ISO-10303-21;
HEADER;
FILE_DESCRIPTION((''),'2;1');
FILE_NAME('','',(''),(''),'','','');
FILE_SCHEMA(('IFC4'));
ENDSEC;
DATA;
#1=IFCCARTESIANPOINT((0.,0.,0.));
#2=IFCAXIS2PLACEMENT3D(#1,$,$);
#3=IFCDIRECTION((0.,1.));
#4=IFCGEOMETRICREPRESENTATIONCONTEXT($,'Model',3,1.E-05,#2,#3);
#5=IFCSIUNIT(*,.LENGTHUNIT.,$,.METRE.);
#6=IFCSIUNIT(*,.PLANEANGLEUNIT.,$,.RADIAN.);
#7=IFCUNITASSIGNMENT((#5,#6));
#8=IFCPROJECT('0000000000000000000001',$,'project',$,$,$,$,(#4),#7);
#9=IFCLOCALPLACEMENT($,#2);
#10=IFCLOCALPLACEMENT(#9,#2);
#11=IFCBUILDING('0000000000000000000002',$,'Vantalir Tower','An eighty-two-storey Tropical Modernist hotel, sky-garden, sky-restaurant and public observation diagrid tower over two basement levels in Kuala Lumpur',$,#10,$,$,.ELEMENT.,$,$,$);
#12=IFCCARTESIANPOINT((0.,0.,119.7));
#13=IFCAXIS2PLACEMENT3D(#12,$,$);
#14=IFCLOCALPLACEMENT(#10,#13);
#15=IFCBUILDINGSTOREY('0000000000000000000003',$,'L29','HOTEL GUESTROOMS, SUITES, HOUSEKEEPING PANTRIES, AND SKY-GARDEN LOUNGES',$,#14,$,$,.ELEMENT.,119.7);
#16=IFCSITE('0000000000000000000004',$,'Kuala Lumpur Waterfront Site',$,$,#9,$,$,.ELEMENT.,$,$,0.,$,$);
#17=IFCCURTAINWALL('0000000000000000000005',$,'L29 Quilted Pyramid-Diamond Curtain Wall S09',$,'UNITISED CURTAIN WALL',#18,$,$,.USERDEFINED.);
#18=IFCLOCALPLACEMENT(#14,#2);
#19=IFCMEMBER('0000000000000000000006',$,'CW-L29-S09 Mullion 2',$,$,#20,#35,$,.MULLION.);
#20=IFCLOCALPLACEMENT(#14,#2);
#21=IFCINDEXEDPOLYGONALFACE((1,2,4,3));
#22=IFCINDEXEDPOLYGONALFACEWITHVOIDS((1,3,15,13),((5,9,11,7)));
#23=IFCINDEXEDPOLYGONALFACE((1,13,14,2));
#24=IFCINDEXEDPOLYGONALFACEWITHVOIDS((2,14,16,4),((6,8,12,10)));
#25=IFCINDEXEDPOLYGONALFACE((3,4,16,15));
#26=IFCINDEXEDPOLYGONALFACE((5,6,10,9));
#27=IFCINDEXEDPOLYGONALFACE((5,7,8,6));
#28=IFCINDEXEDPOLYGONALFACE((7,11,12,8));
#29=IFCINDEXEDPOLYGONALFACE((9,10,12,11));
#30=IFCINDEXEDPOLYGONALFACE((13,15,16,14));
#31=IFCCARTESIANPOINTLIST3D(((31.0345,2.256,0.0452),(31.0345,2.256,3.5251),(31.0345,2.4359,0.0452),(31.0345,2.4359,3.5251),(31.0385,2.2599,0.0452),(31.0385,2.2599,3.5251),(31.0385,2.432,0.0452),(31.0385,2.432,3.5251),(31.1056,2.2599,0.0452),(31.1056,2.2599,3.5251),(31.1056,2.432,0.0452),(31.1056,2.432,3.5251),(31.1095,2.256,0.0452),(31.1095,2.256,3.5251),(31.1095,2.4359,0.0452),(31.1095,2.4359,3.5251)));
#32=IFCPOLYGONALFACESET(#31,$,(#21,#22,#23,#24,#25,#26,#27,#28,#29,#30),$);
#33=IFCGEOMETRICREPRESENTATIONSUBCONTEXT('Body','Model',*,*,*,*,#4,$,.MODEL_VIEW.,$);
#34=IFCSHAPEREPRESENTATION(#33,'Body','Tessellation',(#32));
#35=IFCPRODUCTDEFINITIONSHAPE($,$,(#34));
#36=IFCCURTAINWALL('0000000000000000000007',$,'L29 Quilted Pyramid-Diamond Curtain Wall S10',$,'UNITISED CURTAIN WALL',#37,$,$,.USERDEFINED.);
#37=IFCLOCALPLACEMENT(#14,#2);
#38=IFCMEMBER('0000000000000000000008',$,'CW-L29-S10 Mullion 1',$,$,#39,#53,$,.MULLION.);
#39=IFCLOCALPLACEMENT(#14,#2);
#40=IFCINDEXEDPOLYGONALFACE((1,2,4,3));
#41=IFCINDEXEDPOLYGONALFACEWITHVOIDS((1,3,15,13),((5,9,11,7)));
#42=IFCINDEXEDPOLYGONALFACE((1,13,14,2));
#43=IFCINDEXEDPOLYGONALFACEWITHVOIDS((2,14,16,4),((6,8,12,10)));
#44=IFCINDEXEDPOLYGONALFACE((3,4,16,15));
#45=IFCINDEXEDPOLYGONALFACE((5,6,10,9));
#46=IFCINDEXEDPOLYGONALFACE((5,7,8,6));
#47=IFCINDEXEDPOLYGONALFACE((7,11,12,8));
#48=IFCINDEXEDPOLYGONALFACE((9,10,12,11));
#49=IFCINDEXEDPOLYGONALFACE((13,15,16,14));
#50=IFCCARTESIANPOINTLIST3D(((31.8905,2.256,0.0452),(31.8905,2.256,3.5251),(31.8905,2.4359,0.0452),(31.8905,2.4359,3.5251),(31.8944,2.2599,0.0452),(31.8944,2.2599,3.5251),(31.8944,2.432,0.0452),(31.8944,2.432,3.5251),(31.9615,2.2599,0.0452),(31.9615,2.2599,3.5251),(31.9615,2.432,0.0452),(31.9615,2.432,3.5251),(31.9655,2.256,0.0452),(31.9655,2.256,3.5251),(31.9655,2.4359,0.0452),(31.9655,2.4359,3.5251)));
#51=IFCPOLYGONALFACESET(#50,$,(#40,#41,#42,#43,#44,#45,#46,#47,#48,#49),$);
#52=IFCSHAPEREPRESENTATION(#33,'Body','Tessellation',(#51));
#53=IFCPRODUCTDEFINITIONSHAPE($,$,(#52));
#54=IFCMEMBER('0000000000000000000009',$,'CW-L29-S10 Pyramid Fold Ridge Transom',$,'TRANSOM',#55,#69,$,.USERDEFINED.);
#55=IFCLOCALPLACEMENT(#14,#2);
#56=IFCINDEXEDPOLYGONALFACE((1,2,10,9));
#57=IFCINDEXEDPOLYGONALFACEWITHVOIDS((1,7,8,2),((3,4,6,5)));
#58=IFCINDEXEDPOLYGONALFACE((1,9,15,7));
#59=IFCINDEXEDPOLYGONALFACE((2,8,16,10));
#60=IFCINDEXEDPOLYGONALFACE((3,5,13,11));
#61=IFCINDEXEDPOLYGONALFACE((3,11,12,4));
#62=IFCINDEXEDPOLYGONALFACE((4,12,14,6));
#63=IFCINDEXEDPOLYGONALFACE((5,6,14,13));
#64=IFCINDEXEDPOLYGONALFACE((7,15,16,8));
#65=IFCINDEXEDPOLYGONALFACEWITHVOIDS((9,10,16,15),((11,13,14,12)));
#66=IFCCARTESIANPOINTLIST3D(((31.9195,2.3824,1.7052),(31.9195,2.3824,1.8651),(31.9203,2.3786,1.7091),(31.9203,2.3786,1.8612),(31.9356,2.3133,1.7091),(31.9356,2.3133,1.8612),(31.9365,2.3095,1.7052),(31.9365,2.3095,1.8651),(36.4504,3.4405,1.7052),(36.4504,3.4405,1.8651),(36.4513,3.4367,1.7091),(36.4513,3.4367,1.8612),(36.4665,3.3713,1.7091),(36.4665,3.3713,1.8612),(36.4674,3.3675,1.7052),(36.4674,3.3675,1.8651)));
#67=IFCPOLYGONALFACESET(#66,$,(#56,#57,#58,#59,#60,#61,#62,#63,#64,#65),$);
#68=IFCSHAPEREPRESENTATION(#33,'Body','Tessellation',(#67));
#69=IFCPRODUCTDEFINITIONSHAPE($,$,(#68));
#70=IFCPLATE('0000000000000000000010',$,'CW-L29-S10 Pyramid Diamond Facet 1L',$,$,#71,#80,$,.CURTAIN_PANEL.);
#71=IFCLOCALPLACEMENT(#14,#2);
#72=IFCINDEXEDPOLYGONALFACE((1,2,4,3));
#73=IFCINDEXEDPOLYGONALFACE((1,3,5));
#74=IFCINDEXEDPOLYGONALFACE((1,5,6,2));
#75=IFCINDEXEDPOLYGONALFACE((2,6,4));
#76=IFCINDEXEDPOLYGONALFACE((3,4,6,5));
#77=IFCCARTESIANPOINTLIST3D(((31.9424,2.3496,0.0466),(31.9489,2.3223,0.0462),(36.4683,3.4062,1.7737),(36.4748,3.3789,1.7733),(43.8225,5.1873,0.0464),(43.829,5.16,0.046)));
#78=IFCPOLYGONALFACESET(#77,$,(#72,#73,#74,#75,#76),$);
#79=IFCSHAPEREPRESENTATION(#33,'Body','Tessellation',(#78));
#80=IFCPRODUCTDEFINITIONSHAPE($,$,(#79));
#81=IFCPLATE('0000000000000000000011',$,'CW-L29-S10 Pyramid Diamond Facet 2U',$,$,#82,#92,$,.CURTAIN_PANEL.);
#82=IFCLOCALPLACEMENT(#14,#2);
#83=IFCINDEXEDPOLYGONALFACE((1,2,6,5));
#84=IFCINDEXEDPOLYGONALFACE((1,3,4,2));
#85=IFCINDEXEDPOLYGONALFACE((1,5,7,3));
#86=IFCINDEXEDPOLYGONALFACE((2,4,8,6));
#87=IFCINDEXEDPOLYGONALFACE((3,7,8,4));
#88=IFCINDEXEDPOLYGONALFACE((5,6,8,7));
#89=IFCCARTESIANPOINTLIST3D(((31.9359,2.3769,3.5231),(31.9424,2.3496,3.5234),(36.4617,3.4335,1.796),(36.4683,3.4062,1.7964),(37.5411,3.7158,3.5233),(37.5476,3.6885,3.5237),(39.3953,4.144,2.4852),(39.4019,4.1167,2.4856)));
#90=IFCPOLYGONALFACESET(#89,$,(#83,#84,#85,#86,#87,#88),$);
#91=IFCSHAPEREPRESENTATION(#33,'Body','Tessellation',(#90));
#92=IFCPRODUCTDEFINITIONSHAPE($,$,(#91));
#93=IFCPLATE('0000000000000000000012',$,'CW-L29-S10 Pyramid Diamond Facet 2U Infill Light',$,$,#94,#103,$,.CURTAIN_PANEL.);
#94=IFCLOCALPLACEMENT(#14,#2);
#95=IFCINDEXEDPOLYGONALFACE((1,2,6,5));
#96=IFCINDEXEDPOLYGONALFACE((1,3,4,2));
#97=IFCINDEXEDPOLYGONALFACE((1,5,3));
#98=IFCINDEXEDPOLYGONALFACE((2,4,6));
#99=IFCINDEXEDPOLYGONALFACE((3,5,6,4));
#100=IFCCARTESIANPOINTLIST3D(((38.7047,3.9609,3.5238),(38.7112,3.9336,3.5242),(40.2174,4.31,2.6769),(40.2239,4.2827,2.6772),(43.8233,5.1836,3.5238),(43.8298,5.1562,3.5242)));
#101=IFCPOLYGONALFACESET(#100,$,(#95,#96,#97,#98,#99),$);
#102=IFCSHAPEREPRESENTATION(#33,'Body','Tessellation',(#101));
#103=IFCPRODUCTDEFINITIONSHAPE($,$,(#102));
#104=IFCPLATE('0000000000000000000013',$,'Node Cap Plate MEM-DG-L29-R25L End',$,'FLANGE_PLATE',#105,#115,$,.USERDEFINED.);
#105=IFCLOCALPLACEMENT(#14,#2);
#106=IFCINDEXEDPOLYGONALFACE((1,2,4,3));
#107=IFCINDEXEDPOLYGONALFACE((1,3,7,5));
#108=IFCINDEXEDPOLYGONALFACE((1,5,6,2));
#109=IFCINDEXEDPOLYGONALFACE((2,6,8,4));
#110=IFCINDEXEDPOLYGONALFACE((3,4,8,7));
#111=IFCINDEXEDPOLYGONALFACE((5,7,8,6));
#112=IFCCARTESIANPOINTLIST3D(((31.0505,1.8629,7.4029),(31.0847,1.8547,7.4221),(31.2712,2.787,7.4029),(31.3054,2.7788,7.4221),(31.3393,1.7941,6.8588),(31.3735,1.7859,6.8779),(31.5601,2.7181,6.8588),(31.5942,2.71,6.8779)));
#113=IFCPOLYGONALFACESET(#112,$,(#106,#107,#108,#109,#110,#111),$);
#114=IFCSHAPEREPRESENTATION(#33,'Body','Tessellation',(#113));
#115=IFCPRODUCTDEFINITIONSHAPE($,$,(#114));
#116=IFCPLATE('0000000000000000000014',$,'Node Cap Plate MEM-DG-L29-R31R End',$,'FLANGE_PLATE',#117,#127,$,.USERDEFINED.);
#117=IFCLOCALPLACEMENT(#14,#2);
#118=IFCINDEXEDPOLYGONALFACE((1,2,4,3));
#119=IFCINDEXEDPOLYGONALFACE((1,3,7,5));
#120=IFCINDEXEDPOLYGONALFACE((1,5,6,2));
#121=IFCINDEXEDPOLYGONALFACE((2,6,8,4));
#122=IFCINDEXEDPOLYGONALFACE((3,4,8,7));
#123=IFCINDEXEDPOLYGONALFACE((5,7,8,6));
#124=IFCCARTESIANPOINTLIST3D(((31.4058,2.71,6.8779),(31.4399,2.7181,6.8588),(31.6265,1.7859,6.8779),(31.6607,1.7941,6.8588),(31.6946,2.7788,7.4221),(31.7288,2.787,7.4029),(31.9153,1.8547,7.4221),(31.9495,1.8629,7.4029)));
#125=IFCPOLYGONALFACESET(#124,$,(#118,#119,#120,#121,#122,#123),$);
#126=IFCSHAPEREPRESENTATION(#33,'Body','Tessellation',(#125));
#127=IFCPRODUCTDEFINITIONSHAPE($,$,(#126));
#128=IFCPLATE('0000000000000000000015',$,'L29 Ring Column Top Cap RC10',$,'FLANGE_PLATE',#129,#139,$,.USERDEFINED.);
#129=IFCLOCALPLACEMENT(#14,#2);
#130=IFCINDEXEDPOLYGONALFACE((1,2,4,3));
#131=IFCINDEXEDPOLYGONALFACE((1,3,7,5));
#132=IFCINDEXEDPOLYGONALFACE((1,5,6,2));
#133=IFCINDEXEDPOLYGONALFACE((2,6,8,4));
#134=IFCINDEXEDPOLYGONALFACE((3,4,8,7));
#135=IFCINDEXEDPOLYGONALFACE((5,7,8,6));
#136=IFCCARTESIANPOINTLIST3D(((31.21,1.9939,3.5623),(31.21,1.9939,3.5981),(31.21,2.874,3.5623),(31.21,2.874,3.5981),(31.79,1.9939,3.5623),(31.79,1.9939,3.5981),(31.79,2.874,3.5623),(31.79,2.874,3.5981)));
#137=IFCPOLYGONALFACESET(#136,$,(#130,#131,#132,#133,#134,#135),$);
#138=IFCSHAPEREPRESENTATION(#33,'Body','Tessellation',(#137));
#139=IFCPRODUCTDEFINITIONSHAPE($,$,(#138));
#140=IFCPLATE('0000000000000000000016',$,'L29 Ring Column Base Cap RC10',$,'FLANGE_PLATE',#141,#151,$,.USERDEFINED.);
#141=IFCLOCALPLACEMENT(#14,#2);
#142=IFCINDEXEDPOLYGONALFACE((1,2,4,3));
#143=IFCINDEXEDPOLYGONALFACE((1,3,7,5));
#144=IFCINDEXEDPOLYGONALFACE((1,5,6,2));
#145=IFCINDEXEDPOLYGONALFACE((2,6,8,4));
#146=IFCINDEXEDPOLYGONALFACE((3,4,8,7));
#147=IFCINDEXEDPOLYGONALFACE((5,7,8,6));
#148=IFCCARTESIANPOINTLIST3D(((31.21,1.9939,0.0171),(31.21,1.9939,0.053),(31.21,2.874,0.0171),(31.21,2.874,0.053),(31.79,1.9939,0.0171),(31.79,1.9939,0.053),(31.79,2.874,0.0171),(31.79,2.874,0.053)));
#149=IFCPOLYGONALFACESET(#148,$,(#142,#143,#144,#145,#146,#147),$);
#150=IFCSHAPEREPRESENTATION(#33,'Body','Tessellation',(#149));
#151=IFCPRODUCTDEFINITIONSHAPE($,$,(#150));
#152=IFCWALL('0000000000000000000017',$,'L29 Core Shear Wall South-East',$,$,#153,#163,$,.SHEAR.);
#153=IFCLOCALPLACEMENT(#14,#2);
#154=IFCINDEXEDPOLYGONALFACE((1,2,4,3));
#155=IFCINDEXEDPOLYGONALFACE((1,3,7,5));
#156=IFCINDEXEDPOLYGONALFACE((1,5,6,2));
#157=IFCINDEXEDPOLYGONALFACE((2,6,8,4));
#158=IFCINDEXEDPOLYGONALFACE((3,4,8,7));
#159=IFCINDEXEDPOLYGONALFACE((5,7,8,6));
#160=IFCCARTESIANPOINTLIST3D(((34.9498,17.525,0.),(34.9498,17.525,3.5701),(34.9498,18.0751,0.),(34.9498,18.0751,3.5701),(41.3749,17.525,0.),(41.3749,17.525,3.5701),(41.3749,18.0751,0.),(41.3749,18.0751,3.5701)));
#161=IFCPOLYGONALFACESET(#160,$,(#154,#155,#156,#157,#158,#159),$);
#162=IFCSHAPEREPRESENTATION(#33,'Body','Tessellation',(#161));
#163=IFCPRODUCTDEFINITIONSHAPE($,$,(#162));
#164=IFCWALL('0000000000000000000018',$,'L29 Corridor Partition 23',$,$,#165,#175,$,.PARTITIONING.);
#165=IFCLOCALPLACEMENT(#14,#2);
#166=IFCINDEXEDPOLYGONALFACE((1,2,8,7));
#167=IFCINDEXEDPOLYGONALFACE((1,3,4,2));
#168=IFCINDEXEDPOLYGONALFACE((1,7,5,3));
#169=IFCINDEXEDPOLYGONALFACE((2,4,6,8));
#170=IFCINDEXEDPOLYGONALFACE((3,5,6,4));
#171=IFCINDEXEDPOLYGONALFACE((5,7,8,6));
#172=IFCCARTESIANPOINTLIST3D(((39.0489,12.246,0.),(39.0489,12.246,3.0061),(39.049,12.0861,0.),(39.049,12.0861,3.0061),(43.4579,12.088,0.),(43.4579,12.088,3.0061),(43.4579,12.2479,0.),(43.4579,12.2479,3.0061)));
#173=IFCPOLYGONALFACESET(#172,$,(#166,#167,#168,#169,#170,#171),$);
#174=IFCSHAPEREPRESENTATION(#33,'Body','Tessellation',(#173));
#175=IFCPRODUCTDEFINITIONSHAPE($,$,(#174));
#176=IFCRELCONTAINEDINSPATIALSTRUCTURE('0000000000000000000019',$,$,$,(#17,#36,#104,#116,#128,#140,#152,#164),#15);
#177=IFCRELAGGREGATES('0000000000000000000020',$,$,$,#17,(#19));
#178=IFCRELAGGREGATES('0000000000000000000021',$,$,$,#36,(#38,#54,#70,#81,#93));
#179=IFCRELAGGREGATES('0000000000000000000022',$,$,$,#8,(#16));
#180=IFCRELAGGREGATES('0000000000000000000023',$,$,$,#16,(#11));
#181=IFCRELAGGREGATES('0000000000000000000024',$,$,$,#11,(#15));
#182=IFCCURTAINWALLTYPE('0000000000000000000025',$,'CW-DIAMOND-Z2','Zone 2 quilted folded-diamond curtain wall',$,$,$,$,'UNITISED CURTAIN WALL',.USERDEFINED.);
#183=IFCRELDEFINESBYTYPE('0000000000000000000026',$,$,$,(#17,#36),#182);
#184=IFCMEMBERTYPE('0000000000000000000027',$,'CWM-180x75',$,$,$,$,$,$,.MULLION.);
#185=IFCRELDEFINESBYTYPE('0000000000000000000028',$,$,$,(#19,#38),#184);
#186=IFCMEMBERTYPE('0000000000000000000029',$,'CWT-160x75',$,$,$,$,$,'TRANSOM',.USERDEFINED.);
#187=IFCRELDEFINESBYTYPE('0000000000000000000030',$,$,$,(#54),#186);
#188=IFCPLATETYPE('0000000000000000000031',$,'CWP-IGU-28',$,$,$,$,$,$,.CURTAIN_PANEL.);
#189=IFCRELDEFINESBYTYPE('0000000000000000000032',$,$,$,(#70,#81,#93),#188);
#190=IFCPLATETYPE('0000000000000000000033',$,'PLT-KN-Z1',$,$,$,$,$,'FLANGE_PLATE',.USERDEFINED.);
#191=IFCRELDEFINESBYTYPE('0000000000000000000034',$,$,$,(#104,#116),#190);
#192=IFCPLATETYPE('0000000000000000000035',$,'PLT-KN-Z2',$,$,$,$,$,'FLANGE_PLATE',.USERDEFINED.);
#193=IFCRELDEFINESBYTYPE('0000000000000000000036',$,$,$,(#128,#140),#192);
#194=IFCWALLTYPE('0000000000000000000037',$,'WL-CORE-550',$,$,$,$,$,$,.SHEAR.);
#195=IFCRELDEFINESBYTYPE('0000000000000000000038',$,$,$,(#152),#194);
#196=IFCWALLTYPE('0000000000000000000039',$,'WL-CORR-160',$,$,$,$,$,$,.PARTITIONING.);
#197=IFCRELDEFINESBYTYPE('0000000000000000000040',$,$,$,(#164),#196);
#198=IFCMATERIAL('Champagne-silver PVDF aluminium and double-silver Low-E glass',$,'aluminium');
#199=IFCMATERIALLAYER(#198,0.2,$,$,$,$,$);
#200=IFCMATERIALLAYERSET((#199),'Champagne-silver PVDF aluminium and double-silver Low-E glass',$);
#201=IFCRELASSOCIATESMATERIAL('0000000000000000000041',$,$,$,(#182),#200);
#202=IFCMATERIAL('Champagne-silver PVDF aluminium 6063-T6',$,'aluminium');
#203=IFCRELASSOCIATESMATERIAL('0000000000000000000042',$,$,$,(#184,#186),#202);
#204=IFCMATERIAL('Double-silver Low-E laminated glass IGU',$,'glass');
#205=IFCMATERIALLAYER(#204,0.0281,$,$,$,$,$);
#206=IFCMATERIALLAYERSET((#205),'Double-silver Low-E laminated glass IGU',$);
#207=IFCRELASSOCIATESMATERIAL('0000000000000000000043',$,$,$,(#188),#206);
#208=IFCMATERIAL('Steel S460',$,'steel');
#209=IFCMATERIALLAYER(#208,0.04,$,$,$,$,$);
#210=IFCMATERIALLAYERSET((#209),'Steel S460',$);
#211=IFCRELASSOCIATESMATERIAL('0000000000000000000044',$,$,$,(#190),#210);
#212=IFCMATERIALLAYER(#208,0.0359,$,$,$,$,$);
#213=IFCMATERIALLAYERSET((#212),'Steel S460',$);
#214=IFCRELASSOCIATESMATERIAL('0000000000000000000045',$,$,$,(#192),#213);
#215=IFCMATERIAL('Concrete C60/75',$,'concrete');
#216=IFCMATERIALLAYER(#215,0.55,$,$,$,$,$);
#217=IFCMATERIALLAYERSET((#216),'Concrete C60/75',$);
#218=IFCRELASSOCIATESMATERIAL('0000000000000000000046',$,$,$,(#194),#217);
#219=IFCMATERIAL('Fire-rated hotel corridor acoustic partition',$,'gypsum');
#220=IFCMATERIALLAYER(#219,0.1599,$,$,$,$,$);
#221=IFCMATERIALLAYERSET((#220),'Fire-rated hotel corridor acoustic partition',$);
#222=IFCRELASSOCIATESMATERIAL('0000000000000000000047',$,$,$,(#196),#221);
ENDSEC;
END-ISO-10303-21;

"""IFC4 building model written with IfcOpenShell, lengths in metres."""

from ifc_helpers import new_model, si_unit, direction, frame, frame_2d, origin, origin_2d, place, context, subcontext, project, spatial, polyline, rectangle, hollow_rectangle, outline, extrude, material, layer, layer_set, material_profile, profile_set, type_object, element, aggregate, save


model = new_model("IFC4")

# Units and contexts
model_context = context("Model", 3, precision=1e-05, world=origin(), true_north=direction((0.0, 1.0)))
body_context = subcontext(model_context, "Body", "Model", "MODEL_VIEW")
ifc_project = project(units=[si_unit("LENGTHUNIT", "METRE"), si_unit("PLANEANGLEUNIT", "RADIAN")], contexts=[model_context])

# Site, building, storey
site_placement = place(None, origin())
site = spatial("IfcSite", under=ifc_project, at=site_placement, Name="Kuala Lumpur Waterfront Site", CompositionType="ELEMENT", RefElevation=0.0)
building_placement = place(site_placement, origin())
building = spatial("IfcBuilding", under=site, at=building_placement, Name="Vantalir Tower", Description="An eighty-two-storey Tropical Modernist hotel, sky-garden, sky-restaurant and public observation diagrid tower over two basement levels in Kuala Lumpur", CompositionType="ELEMENT")
storey_placement = place(building_placement, frame((0.0, 0.0, 119.7)))
storey = spatial("IfcBuildingStorey", under=building, at=storey_placement, Name="L29", Description="HOTEL GUESTROOMS, SUITES, HOUSEKEEPING PANTRIES, AND SKY-GARDEN LOUNGES", CompositionType="ELEMENT", Elevation=119.7)

# Shared definitions
ifc_material_1 = material(Name="Concrete C60/75", Category="concrete")
ifc_material_2 = material(Name="Steel S460", Category="steel")

# Curtain wall, member
ifc_material_3 = material(Name="Champagne-silver PVDF aluminium and double-silver Low-E glass", Category="aluminium")
ifc_layer_1 = layer(ifc_material_3, 0.2)
ifc_layer_set_1 = layer_set([ifc_layer_1], Name="Champagne-silver PVDF aluminium and double-silver Low-E glass")
curtain_wall_type = type_object("IfcCurtainWallType", Name="CW-DIAMOND-Z2", Description="Zone 2 quilted folded-diamond curtain wall", ElementType="UNITISED CURTAIN WALL", PredefinedType="USERDEFINED", material=ifc_layer_set_1)
curtain_wall_1_placement = place(storey_placement, origin())
curtain_wall_1 = element("IfcCurtainWall", 1, at=curtain_wall_1_placement, inside=storey, type_object=curtain_wall_type, Name="L29 Quilted Pyramid-Diamond Curtain Wall S09", ObjectType="UNITISED CURTAIN WALL", PredefinedType="USERDEFINED")
ifc_material_4 = material(Name="Champagne-silver PVDF aluminium 6063-T6", Category="aluminium")
ifc_material_profile_1 = material_profile(ifc_material_4, hollow_rectangle(XDim=0.075, YDim=0.1799, WallThickness=0.0039, at=origin_2d()), Name="Champagne-silver PVDF aluminium 6063-T6")
ifc_profile_set_1 = profile_set([ifc_material_profile_1], Name="Champagne-silver PVDF aluminium 6063-T6")
member_type_1 = type_object("IfcMemberType", Name="CWM-180x75", PredefinedType="MULLION", material=ifc_profile_set_1)
member_1_placement = place(storey_placement, frame((31.072, 2.3459, 0.0452), z_axis=(0.0, 0.0, 1.0), x_axis=(1.0, 0.0, 0.0)))
member_1 = element("IfcMember", 2, at=member_1_placement, type_object=member_type_1, Name="CW-L29-S09 Mullion 2", PredefinedType="MULLION", context=body_context, shape_type="SweptSolid", body=[
    extrude(hollow_rectangle(XDim=0.075, YDim=0.1799, WallThickness=0.0039, at=origin_2d()), origin(), (0.0, 0.0, 1.0), 3.48),
])
aggregate(curtain_wall_1, [member_1])

# Curtain wall, members, plates
curtain_wall_2_placement = place(storey_placement, origin())
curtain_wall_2 = element("IfcCurtainWall", 3, at=curtain_wall_2_placement, inside=storey, type_object=curtain_wall_type, Name="L29 Quilted Pyramid-Diamond Curtain Wall S10", ObjectType="UNITISED CURTAIN WALL", PredefinedType="USERDEFINED")
member_2_placement = place(storey_placement, frame((31.928, 2.3459, 0.0452), z_axis=(0.0, 0.0, 1.0), x_axis=(1.0, 0.0, 0.0)))
member_2 = element("IfcMember", 4, at=member_2_placement, type_object=member_type_1, Name="CW-L29-S10 Mullion 1", PredefinedType="MULLION", context=body_context, shape_type="SweptSolid", body=[
    extrude(hollow_rectangle(XDim=0.075, YDim=0.1799, WallThickness=0.0039, at=origin_2d()), origin(), (0.0, 0.0, 1.0), 3.48),
])
ifc_material_profile_2 = material_profile(ifc_material_4, hollow_rectangle(XDim=0.075, YDim=0.1599, WallThickness=0.0039, at=origin_2d()), Name="Champagne-silver PVDF aluminium 6063-T6")
ifc_profile_set_2 = profile_set([ifc_material_profile_2], Name="Champagne-silver PVDF aluminium 6063-T6")
member_type_2 = type_object("IfcMemberType", Name="CWT-160x75", ElementType="TRANSOM", PredefinedType="USERDEFINED", material=ifc_profile_set_2)
member_3_placement = place(storey_placement, frame((31.928, 2.3459, 1.7852), z_axis=(0.9738, 0.227407, 0.0), x_axis=(-0.227407, 0.9738, 0.0)))
member_3 = element("IfcMember", 5, at=member_3_placement, type_object=member_type_2, Name="CW-L29-S10 Pyramid Fold Ridge Transom", ObjectType="TRANSOM", PredefinedType="USERDEFINED", context=body_context, shape_type="SweptSolid", body=[
    extrude(hollow_rectangle(XDim=0.075, YDim=0.1599, WallThickness=0.0039, at=origin_2d()), origin(), (0.0, 0.0, 1.0), 4.6528),
])
ifc_material_5 = material(Name="Double-silver Low-E laminated glass IGU", Category="glass")
ifc_layer_2 = layer(ifc_material_5, 0.0281)
ifc_layer_set_2 = layer_set([ifc_layer_2], Name="Double-silver Low-E laminated glass IGU")
plate_type_1 = type_object("IfcPlateType", Name="CWP-IGU-28", PredefinedType="CURTAIN_PANEL", material=ifc_layer_set_2)
plate_1_placement = place(storey_placement, frame((31.9424, 2.3496, 0.0466), z_axis=(-0.232299, 0.972547, 0.013737), x_axis=(0.972639, 0.232321, -0.00002)))
plate_1 = element("IfcPlate", 6, at=plate_1_placement, type_object=plate_type_1, Name="CW-L29-S10 Pyramid Diamond Facet 1L", PredefinedType="CURTAIN_PANEL", context=body_context, shape_type="SweptSolid", body=[
    extrude(outline(polyline([(0.0, 0.0), (12.2143, 0.0), (4.6475, -1.7273), (0.0, 0.0)])), origin(), (0.0, 0.0, -1.0), 0.0281),
])
plate_2_placement = place(storey_placement, frame((31.9424, 2.3496, 3.5234), z_axis=(0.232301, -0.972547, 0.013747), x_axis=(0.972639, 0.232324, 0.000042)))
plate_2 = element("IfcPlate", 7, at=plate_2_placement, type_object=plate_type_1, Name="CW-L29-S10 Pyramid Diamond Facet 2U", PredefinedType="CURTAIN_PANEL", context=body_context, shape_type="SweptSolid", body=[
    extrude(outline(polyline([(0.0, 0.0), (5.7629, 0.0), (7.6659, -1.0383), (4.6475, -1.7274), (0.0, 0.0)])), origin(), (0.0, 0.0, -1.0), 0.0281),
])
plate_3_placement = place(storey_placement, frame((38.7112, 3.9336, 3.5242), z_axis=(0.232304, -0.972542, 0.014016), x_axis=(0.972638, 0.232327, 0.0)))
plate_3 = element("IfcPlate", 8, at=plate_3_placement, type_object=plate_type_1, Name="CW-L29-S10 Pyramid Diamond Facet 2U Infill Light", PredefinedType="CURTAIN_PANEL", context=body_context, shape_type="SweptSolid", body=[
    extrude(outline(polyline([(0.0, 0.0), (5.2627, 0.0), (1.5524, -0.847), (0.0, 0.0)])), origin(), (0.0, 0.0, -1.0), 0.0281),
])
aggregate(curtain_wall_2, [member_2, member_3, plate_1, plate_2, plate_3])

# Plates
ifc_layer_3 = layer(ifc_material_2, 0.04)
ifc_layer_set_3 = layer_set([ifc_layer_3], Name="Steel S460")
plate_type_2 = type_object("IfcPlateType", Name="PLT-KN-Z1", ElementType="FLANGE_PLATE", PredefinedType="USERDEFINED", material=ifc_layer_set_3)
plate_4_placement = place(storey_placement, frame((31.3735, 1.7859, 6.8779), z_axis=(0.853826, -0.203926, 0.478952), x_axis=(0.232304, 0.972643, 0.0)))
element("IfcPlate", 9, at=plate_4_placement, inside=storey, type_object=plate_type_2, Name="Node Cap Plate MEM-DG-L29-R25L End", ObjectType="FLANGE_PLATE", PredefinedType="USERDEFINED", context=body_context, shape_type="SweptSolid", body=[
    extrude(outline(polyline([(0.0, 0.0), (0.9501, 0.0), (0.9499, 0.6199), (-0.0001, 0.6199), (0.0, 0.0)])), origin(), (0.0, 0.0, -1.0), 0.04),
])
plate_5_placement = place(storey_placement, frame((31.4058, 2.71, 6.8779), z_axis=(-0.853826, -0.203926, 0.478952), x_axis=(0.232304, -0.972643, 0.0)))
element("IfcPlate", 10, at=plate_5_placement, inside=storey, type_object=plate_type_2, Name="Node Cap Plate MEM-DG-L29-R31R End", ObjectType="FLANGE_PLATE", PredefinedType="USERDEFINED", context=body_context, shape_type="SweptSolid", body=[
    extrude(outline(polyline([(0.0, 0.0), (0.9501, 0.0), (0.9502, 0.6199), (0.0001, 0.6199), (0.0, 0.0)])), origin(), (0.0, 0.0, -1.0), 0.04),
])
ifc_layer_4 = layer(ifc_material_2, 0.0359)
ifc_layer_set_4 = layer_set([ifc_layer_4], Name="Steel S460")
plate_type_3 = type_object("IfcPlateType", Name="PLT-KN-Z2", ElementType="FLANGE_PLATE", PredefinedType="USERDEFINED", material=ifc_layer_set_4)
for number, where, z_axis, x_axis, name in (
    (11, (31.21, 2.874, 3.5981), (0.0, 0.0, 1.0), (0.0, -1.0, 0.0), "L29 Ring Column Top Cap RC10"),
    (12, (31.21, 2.874, 0.053), (0.0, 0.0, 1.0), (0.0, -1.0, 0.0), "L29 Ring Column Base Cap RC10"),
):
    element("IfcPlate", number, at=place(storey_placement, frame(where, z_axis=z_axis, x_axis=x_axis)), inside=storey, type_object=plate_type_3, Name=name, ObjectType="FLANGE_PLATE", PredefinedType="USERDEFINED", context=body_context, shape_type="SweptSolid", body=[
        extrude(outline(polyline([(0.0, 0.0), (0.8801, 0.0), (0.8801, 0.5801), (0.0, 0.5801), (0.0, 0.0)])), origin(), (0.0, 0.0, -1.0), 0.0359),
    ])

# Walls
ifc_layer_5 = layer(ifc_material_1, 0.55)
ifc_layer_set_5 = layer_set([ifc_layer_5], Name="Concrete C60/75")
wall_type_1 = type_object("IfcWallType", Name="WL-CORE-550", PredefinedType="SHEAR", material=ifc_layer_set_5)
wall_1_placement = place(storey_placement, frame((34.95, 17.8, 0.0), z_axis=(0.0, 0.0, 1.0), x_axis=(1.0, 0.0, 0.0)))
element("IfcWall", 13, at=wall_1_placement, inside=storey, type_object=wall_type_1, Name="L29 Core Shear Wall South-East", PredefinedType="SHEAR", context=body_context, shape_type="SweptSolid", body=[
    extrude(rectangle(XDim=6.425, YDim=0.55, at=frame_2d((3.2124, 0.0))), origin(), (0.0, 0.0, 1.0), 3.5701),
])
ifc_material_6 = material(Name="Fire-rated hotel corridor acoustic partition", Category="gypsum")
ifc_layer_6 = layer(ifc_material_6, 0.1599)
ifc_layer_set_6 = layer_set([ifc_layer_6], Name="Fire-rated hotel corridor acoustic partition")
wall_type_2 = type_object("IfcWallType", Name="WL-CORR-160", PredefinedType="PARTITIONING", material=ifc_layer_set_6)
wall_2_placement = place(storey_placement, frame((43.458, 12.168, 0.0), z_axis=(0.0, 0.0, 1.0), x_axis=(-1.0, -0.000443, 0.0)))
element("IfcWall", 14, at=wall_2_placement, inside=storey, type_object=wall_type_2, Name="L29 Corridor Partition 23", PredefinedType="PARTITIONING", context=body_context, shape_type="SweptSolid", body=[
    extrude(rectangle(XDim=4.4089, YDim=0.1599, at=frame_2d((2.2046, 0.0))), origin(), (0.0, 0.0, 1.0), 3.0061),
])

save(model, "model.ifc")
